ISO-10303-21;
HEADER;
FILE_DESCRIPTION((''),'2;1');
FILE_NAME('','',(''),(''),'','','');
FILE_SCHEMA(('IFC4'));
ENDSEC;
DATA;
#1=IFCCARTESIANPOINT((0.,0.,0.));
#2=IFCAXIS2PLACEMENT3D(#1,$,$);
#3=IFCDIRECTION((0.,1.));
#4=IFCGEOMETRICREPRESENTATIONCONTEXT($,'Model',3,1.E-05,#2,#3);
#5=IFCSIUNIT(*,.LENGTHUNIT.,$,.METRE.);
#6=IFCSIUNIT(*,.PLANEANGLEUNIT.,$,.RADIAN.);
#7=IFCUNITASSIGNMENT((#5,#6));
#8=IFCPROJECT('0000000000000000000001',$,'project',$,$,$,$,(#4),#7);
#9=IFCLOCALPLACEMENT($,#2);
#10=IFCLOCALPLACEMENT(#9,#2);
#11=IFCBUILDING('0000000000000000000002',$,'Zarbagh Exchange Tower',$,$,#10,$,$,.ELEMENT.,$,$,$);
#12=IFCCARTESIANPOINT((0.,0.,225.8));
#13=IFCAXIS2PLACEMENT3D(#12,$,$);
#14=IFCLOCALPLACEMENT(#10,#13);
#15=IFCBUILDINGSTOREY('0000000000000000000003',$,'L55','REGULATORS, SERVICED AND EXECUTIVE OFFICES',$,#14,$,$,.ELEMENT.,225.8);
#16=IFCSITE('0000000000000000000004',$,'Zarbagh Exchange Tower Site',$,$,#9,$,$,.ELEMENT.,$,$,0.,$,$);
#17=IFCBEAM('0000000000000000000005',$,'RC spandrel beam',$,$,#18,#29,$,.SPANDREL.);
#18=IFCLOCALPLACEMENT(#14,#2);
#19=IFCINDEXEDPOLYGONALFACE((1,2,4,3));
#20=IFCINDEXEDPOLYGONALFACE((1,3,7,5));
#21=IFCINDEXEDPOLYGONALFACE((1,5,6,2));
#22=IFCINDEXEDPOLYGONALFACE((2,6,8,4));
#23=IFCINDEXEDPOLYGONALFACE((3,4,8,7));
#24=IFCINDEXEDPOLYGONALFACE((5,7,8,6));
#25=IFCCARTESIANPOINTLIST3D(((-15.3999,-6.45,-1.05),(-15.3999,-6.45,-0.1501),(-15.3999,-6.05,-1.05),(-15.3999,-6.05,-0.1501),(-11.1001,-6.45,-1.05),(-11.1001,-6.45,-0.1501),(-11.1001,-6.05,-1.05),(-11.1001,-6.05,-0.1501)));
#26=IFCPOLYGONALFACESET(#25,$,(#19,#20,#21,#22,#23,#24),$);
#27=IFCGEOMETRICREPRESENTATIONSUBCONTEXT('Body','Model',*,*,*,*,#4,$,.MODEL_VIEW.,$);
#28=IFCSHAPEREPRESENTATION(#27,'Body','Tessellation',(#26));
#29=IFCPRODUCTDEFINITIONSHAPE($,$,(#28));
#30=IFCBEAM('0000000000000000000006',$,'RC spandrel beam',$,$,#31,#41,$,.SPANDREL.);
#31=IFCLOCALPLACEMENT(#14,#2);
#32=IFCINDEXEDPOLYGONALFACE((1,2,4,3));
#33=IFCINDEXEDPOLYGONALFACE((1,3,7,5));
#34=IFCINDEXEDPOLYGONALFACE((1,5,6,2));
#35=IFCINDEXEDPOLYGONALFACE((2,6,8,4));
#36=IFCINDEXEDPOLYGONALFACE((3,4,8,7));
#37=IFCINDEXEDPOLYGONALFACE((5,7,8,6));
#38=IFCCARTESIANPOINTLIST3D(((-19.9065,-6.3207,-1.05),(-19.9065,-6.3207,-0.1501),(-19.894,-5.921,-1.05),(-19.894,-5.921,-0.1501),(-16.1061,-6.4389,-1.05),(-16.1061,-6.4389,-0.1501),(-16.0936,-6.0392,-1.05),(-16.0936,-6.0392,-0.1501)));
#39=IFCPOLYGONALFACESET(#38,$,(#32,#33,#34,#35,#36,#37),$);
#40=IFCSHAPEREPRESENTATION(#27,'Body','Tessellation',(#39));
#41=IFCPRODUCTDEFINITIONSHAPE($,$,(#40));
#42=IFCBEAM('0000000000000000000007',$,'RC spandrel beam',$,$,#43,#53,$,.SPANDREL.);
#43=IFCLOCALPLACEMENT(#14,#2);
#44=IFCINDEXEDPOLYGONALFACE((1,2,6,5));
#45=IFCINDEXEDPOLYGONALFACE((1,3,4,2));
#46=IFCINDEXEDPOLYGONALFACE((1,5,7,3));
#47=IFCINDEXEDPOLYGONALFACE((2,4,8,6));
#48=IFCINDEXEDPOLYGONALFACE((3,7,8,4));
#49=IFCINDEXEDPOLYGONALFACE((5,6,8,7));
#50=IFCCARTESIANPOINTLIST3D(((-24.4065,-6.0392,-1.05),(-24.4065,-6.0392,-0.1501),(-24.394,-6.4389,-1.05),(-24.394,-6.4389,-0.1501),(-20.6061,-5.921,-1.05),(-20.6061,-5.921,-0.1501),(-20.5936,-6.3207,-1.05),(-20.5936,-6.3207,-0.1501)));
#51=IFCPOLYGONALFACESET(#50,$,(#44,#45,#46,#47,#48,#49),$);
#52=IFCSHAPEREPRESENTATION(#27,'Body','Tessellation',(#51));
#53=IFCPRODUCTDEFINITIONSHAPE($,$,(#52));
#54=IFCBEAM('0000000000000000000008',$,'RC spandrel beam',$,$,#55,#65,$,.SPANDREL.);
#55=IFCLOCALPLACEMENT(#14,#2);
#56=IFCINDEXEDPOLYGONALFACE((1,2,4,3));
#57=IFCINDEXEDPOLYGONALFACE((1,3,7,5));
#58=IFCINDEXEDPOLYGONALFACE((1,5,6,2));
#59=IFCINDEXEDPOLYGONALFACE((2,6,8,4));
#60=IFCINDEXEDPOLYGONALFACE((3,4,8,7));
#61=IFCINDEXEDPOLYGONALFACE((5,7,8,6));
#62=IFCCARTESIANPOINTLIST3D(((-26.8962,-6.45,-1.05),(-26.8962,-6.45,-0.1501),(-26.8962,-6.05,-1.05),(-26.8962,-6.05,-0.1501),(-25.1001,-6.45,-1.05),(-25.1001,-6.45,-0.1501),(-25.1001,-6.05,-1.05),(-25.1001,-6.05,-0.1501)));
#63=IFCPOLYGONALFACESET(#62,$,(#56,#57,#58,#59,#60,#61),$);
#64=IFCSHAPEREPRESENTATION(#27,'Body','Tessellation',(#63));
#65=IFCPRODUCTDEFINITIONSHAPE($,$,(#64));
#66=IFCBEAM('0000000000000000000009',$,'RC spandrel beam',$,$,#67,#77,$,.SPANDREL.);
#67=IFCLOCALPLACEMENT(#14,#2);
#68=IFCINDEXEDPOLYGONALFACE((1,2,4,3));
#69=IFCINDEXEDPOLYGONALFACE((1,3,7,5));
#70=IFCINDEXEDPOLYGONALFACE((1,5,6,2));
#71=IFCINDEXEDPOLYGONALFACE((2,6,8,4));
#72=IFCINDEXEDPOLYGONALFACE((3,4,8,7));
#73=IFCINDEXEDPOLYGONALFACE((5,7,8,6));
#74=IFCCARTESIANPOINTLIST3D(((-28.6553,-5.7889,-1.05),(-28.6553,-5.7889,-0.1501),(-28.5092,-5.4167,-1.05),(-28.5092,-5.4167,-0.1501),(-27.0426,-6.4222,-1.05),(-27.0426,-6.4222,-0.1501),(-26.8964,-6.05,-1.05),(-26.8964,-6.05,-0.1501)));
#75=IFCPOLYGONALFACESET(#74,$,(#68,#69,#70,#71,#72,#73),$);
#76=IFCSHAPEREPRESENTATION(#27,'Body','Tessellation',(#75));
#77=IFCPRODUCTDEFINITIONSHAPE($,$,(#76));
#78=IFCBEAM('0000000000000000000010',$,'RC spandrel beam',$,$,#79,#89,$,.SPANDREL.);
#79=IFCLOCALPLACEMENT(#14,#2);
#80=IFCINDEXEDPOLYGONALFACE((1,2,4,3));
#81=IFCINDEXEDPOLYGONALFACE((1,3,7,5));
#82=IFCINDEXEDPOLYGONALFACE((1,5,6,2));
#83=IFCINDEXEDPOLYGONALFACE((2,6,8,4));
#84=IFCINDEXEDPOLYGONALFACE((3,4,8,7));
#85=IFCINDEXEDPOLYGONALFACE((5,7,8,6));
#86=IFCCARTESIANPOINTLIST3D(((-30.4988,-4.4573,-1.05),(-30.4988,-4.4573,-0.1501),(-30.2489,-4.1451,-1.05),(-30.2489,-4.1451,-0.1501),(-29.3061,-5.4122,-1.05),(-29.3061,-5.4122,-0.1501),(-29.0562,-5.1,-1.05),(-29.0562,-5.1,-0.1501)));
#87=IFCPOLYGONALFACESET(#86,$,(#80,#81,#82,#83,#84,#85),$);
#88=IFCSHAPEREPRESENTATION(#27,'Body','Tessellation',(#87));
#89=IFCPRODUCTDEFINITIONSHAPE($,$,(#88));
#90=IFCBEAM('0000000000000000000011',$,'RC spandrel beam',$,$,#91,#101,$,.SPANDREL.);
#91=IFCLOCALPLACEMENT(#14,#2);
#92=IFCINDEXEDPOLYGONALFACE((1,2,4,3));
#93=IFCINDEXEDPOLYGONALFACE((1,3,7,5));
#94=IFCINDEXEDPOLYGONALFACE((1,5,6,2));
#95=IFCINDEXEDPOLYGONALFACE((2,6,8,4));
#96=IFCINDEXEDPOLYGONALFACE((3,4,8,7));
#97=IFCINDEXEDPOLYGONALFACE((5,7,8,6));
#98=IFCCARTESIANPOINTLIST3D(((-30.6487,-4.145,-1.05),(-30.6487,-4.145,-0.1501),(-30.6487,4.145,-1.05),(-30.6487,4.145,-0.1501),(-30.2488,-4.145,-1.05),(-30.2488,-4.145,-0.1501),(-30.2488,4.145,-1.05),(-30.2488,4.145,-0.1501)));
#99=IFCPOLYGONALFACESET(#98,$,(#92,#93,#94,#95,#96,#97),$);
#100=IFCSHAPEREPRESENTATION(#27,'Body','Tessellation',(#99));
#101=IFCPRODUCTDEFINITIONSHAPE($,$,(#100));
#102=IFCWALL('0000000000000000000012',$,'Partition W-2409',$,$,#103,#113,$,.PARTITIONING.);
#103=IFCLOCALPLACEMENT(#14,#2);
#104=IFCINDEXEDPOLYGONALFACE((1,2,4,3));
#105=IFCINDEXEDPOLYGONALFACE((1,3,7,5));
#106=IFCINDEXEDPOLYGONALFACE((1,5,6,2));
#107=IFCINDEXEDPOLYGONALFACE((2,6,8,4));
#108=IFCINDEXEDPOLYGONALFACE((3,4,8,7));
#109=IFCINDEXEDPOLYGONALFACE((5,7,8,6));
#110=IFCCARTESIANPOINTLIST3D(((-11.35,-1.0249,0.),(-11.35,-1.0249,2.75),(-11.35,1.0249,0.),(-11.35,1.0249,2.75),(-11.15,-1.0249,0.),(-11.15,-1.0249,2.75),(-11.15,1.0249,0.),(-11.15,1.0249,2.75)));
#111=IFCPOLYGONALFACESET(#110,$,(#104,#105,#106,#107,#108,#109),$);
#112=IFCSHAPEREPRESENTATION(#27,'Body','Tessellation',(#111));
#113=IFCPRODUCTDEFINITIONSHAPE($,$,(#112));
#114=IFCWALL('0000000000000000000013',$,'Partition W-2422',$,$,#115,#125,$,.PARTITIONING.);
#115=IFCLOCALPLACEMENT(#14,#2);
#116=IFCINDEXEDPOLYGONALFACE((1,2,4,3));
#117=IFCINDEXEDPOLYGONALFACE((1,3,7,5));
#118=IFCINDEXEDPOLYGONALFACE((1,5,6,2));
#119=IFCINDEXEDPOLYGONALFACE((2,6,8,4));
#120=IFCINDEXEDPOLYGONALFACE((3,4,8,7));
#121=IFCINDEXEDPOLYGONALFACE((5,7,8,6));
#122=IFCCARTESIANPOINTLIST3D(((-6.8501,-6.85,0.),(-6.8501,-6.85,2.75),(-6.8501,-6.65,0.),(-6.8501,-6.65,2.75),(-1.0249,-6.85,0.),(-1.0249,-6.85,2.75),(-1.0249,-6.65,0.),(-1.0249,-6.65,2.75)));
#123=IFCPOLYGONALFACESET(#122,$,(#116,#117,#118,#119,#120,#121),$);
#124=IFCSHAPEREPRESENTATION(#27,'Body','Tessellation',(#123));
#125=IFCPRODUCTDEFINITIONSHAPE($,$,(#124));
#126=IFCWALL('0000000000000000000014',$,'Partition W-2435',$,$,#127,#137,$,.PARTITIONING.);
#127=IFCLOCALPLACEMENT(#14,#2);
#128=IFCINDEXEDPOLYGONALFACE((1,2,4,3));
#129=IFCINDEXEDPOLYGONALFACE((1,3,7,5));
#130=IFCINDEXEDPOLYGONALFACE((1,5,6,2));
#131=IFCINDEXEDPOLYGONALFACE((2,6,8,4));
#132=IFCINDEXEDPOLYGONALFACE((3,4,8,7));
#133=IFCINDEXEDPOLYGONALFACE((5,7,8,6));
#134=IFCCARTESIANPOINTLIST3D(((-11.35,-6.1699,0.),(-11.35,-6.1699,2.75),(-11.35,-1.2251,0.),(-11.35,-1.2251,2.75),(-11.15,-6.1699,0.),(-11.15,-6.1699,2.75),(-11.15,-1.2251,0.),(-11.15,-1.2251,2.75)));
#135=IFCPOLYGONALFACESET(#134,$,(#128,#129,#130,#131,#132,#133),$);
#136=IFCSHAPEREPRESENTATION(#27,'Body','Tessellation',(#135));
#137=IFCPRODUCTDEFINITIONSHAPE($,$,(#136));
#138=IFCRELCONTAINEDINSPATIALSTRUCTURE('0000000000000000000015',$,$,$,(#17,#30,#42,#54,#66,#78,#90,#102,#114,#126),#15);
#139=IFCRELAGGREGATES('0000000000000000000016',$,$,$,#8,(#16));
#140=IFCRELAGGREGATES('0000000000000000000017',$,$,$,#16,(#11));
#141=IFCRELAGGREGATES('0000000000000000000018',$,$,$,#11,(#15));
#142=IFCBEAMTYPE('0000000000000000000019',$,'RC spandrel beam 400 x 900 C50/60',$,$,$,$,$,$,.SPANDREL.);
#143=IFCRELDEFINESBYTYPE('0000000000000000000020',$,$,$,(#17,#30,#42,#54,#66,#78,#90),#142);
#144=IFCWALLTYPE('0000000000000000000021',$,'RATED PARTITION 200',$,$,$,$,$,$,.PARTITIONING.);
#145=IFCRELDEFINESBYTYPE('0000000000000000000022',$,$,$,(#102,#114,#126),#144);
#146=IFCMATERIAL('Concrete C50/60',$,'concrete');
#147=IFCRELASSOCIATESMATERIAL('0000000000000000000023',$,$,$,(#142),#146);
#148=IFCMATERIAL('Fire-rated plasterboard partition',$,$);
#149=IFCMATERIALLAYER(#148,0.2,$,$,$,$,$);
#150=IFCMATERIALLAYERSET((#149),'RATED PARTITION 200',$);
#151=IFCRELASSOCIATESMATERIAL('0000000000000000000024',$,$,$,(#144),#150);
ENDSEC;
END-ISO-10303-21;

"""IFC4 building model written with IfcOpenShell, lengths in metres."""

from ifc_helpers import new_model, si_unit, direction, frame, frame_2d, origin, origin_2d, place, context, subcontext, project, spatial, rectangle, extrude, material, layer, layer_set, material_profile, profile_set, type_object, element, save


model = new_model("IFC4")

# Units and contexts
model_context = context("Model", 3, precision=1e-05, world=origin(), true_north=direction((0.0, 1.0)))
body_context = subcontext(model_context, "Body", "Model", "MODEL_VIEW")
ifc_project = project(units=[si_unit("LENGTHUNIT", "METRE"), si_unit("PLANEANGLEUNIT", "RADIAN")], contexts=[model_context])

# Site, building, storey
site_placement = place(None, origin())
site = spatial("IfcSite", under=ifc_project, at=site_placement, Name="Zarbagh Exchange Tower Site", CompositionType="ELEMENT", RefElevation=0.0)
building_placement = place(site_placement, origin())
building = spatial("IfcBuilding", under=site, at=building_placement, Name="Zarbagh Exchange Tower", CompositionType="ELEMENT")
storey_placement = place(building_placement, frame((0.0, 0.0, 225.8)))
storey = spatial("IfcBuildingStorey", under=building, at=storey_placement, Name="L55", Description="REGULATORS, SERVICED AND EXECUTIVE OFFICES", CompositionType="ELEMENT", Elevation=225.8)

# Shared definitions
ifc_material_1 = material(Name="Concrete C50/60", Category="concrete")

# Beams
ifc_material_profile_1 = material_profile(ifc_material_1, rectangle(XDim=0.3999, YDim=0.8999, at=origin_2d()), Name="RC spandrel beam 400 x 900 C50/60")
ifc_profile_set_1 = profile_set([ifc_material_profile_1], Name="Concrete C50/60")
beam_type_1 = type_object("IfcBeamType", Name="RC spandrel beam 400 x 900 C50/60", PredefinedType="SPANDREL", material=ifc_profile_set_1)
beam_1_placement = place(storey_placement, frame((-11.1001, -6.25, -0.6001), z_axis=(-1.0, 0.0, 0.0), x_axis=(0.0, -1.0, 0.0)))
element("IfcBeam", 1, at=beam_1_placement, inside=storey, type_object=beam_type_1, Name="RC spandrel beam", PredefinedType="SPANDREL", context=body_context, shape_type="SweptSolid", body=[
    extrude(rectangle(XDim=0.3999, YDim=0.8999, at=origin_2d()), origin(), (0.0, 0.0, 1.0), 4.2998),
])
for number, where, z_axis, x_axis, name in (
    (2, (-16.0999, -6.239, -0.6001), (-0.999517, 0.031078, 0.0), (-0.031078, -0.999517, 0.0), "RC spandrel beam"),
    (3, (-20.5999, -6.1208, -0.6001), (-0.999517, -0.031078, 0.0), (0.031078, -0.999517, 0.0), "RC spandrel beam"),
):
    element("IfcBeam", number, at=place(storey_placement, frame(where, z_axis=z_axis, x_axis=x_axis)), inside=storey, type_object=beam_type_1, Name=name, PredefinedType="SPANDREL", context=body_context, shape_type="SweptSolid", body=[
        extrude(rectangle(XDim=0.3999, YDim=0.8999, at=origin_2d()), origin(), (0.0, 0.0, 1.0), 3.8022),
    ])
beam_2_placement = place(storey_placement, frame((-25.1001, -6.25, -0.6001), z_axis=(-1.0, 0.0, 0.0), x_axis=(0.0, -1.0, 0.0)))
element("IfcBeam", 4, at=beam_2_placement, inside=storey, type_object=beam_type_1, Name="RC spandrel beam", PredefinedType="SPANDREL", context=body_context, shape_type="SweptSolid", body=[
    extrude(rectangle(XDim=0.3999, YDim=0.8999, at=origin_2d()), origin(), (0.0, 0.0, 1.0), 1.7961),
])
beam_3_placement = place(storey_placement, frame((-26.9695, -6.2361, -0.6001), z_axis=(-0.93081, 0.365504, 0.0), x_axis=(-0.365504, -0.93081, 0.0)))
element("IfcBeam", 5, at=beam_3_placement, inside=storey, type_object=beam_type_1, Name="RC spandrel beam", PredefinedType="SPANDREL", context=body_context, shape_type="SweptSolid", body=[
    extrude(rectangle(XDim=0.3999, YDim=0.8999, at=origin_2d()), origin(), (0.0, 0.0, 1.0), 1.7327),
])
beam_4_placement = place(storey_placement, frame((-29.1812, -5.2561, -0.6001), z_axis=(-0.780635, 0.624987, 0.0), x_axis=(-0.624987, -0.780635, 0.0)))
element("IfcBeam", 6, at=beam_4_placement, inside=storey, type_object=beam_type_1, Name="RC spandrel beam", PredefinedType="SPANDREL", context=body_context, shape_type="SweptSolid", body=[
    extrude(rectangle(XDim=0.3999, YDim=0.8999, at=origin_2d()), origin(), (0.0, 0.0, 1.0), 1.5278),
])
beam_5_placement = place(storey_placement, frame((-30.4487, -4.145, -0.6001), z_axis=(0.0, 1.0, 0.0), x_axis=(-1.0, 0.0, 0.0)))
element("IfcBeam", 7, at=beam_5_placement, inside=storey, type_object=beam_type_1, Name="RC spandrel beam", PredefinedType="SPANDREL", context=body_context, shape_type="SweptSolid", body=[
    extrude(rectangle(XDim=0.3999, YDim=0.8999, at=origin_2d()), origin(), (0.0, 0.0, 1.0), 8.29),
])

# Walls
ifc_material_2 = material(Name="Fire-rated plasterboard partition")
ifc_layer = layer(ifc_material_2, 0.2)
ifc_layer_set = layer_set([ifc_layer], Name="RATED PARTITION 200")
wall_type = type_object("IfcWallType", Name="RATED PARTITION 200", PredefinedType="PARTITIONING", material=ifc_layer_set)
wall_1_placement = place(storey_placement, frame((-11.25, -1.0249, 0.0), z_axis=(0.0, 0.0, 1.0), x_axis=(0.0, 1.0, 0.0)))
element("IfcWall", 8, at=wall_1_placement, inside=storey, type_object=wall_type, Name="Partition W-2409", PredefinedType="PARTITIONING", context=body_context, shape_type="SweptSolid", body=[
    extrude(rectangle(XDim=2.0498, YDim=0.2, at=frame_2d((1.0249, 0.0))), origin(), (0.0, 0.0, 1.0), 2.75),
])
wall_2_placement = place(storey_placement, frame((-6.8501, -6.75, 0.0), z_axis=(0.0, 0.0, 1.0), x_axis=(1.0, 0.0, 0.0)))
element("IfcWall", 9, at=wall_2_placement, inside=storey, type_object=wall_type, Name="Partition W-2422", PredefinedType="PARTITIONING", context=body_context, shape_type="SweptSolid", body=[
    extrude(rectangle(XDim=5.8252, YDim=0.2, at=frame_2d((2.9126, 0.0))), origin(), (0.0, 0.0, 1.0), 2.75),
])
wall_3_placement = place(storey_placement, frame((-11.25, -6.1699, 0.0), z_axis=(0.0, 0.0, 1.0), x_axis=(0.0, 1.0, 0.0)))
element("IfcWall", 10, at=wall_3_placement, inside=storey, type_object=wall_type, Name="Partition W-2435", PredefinedType="PARTITIONING", context=body_context, shape_type="SweptSolid", body=[
    extrude(rectangle(XDim=4.9448, YDim=0.2, at=frame_2d((2.4724, 0.0))), origin(), (0.0, 0.0, 1.0), 2.75),
])

save(model, "model.ifc")
